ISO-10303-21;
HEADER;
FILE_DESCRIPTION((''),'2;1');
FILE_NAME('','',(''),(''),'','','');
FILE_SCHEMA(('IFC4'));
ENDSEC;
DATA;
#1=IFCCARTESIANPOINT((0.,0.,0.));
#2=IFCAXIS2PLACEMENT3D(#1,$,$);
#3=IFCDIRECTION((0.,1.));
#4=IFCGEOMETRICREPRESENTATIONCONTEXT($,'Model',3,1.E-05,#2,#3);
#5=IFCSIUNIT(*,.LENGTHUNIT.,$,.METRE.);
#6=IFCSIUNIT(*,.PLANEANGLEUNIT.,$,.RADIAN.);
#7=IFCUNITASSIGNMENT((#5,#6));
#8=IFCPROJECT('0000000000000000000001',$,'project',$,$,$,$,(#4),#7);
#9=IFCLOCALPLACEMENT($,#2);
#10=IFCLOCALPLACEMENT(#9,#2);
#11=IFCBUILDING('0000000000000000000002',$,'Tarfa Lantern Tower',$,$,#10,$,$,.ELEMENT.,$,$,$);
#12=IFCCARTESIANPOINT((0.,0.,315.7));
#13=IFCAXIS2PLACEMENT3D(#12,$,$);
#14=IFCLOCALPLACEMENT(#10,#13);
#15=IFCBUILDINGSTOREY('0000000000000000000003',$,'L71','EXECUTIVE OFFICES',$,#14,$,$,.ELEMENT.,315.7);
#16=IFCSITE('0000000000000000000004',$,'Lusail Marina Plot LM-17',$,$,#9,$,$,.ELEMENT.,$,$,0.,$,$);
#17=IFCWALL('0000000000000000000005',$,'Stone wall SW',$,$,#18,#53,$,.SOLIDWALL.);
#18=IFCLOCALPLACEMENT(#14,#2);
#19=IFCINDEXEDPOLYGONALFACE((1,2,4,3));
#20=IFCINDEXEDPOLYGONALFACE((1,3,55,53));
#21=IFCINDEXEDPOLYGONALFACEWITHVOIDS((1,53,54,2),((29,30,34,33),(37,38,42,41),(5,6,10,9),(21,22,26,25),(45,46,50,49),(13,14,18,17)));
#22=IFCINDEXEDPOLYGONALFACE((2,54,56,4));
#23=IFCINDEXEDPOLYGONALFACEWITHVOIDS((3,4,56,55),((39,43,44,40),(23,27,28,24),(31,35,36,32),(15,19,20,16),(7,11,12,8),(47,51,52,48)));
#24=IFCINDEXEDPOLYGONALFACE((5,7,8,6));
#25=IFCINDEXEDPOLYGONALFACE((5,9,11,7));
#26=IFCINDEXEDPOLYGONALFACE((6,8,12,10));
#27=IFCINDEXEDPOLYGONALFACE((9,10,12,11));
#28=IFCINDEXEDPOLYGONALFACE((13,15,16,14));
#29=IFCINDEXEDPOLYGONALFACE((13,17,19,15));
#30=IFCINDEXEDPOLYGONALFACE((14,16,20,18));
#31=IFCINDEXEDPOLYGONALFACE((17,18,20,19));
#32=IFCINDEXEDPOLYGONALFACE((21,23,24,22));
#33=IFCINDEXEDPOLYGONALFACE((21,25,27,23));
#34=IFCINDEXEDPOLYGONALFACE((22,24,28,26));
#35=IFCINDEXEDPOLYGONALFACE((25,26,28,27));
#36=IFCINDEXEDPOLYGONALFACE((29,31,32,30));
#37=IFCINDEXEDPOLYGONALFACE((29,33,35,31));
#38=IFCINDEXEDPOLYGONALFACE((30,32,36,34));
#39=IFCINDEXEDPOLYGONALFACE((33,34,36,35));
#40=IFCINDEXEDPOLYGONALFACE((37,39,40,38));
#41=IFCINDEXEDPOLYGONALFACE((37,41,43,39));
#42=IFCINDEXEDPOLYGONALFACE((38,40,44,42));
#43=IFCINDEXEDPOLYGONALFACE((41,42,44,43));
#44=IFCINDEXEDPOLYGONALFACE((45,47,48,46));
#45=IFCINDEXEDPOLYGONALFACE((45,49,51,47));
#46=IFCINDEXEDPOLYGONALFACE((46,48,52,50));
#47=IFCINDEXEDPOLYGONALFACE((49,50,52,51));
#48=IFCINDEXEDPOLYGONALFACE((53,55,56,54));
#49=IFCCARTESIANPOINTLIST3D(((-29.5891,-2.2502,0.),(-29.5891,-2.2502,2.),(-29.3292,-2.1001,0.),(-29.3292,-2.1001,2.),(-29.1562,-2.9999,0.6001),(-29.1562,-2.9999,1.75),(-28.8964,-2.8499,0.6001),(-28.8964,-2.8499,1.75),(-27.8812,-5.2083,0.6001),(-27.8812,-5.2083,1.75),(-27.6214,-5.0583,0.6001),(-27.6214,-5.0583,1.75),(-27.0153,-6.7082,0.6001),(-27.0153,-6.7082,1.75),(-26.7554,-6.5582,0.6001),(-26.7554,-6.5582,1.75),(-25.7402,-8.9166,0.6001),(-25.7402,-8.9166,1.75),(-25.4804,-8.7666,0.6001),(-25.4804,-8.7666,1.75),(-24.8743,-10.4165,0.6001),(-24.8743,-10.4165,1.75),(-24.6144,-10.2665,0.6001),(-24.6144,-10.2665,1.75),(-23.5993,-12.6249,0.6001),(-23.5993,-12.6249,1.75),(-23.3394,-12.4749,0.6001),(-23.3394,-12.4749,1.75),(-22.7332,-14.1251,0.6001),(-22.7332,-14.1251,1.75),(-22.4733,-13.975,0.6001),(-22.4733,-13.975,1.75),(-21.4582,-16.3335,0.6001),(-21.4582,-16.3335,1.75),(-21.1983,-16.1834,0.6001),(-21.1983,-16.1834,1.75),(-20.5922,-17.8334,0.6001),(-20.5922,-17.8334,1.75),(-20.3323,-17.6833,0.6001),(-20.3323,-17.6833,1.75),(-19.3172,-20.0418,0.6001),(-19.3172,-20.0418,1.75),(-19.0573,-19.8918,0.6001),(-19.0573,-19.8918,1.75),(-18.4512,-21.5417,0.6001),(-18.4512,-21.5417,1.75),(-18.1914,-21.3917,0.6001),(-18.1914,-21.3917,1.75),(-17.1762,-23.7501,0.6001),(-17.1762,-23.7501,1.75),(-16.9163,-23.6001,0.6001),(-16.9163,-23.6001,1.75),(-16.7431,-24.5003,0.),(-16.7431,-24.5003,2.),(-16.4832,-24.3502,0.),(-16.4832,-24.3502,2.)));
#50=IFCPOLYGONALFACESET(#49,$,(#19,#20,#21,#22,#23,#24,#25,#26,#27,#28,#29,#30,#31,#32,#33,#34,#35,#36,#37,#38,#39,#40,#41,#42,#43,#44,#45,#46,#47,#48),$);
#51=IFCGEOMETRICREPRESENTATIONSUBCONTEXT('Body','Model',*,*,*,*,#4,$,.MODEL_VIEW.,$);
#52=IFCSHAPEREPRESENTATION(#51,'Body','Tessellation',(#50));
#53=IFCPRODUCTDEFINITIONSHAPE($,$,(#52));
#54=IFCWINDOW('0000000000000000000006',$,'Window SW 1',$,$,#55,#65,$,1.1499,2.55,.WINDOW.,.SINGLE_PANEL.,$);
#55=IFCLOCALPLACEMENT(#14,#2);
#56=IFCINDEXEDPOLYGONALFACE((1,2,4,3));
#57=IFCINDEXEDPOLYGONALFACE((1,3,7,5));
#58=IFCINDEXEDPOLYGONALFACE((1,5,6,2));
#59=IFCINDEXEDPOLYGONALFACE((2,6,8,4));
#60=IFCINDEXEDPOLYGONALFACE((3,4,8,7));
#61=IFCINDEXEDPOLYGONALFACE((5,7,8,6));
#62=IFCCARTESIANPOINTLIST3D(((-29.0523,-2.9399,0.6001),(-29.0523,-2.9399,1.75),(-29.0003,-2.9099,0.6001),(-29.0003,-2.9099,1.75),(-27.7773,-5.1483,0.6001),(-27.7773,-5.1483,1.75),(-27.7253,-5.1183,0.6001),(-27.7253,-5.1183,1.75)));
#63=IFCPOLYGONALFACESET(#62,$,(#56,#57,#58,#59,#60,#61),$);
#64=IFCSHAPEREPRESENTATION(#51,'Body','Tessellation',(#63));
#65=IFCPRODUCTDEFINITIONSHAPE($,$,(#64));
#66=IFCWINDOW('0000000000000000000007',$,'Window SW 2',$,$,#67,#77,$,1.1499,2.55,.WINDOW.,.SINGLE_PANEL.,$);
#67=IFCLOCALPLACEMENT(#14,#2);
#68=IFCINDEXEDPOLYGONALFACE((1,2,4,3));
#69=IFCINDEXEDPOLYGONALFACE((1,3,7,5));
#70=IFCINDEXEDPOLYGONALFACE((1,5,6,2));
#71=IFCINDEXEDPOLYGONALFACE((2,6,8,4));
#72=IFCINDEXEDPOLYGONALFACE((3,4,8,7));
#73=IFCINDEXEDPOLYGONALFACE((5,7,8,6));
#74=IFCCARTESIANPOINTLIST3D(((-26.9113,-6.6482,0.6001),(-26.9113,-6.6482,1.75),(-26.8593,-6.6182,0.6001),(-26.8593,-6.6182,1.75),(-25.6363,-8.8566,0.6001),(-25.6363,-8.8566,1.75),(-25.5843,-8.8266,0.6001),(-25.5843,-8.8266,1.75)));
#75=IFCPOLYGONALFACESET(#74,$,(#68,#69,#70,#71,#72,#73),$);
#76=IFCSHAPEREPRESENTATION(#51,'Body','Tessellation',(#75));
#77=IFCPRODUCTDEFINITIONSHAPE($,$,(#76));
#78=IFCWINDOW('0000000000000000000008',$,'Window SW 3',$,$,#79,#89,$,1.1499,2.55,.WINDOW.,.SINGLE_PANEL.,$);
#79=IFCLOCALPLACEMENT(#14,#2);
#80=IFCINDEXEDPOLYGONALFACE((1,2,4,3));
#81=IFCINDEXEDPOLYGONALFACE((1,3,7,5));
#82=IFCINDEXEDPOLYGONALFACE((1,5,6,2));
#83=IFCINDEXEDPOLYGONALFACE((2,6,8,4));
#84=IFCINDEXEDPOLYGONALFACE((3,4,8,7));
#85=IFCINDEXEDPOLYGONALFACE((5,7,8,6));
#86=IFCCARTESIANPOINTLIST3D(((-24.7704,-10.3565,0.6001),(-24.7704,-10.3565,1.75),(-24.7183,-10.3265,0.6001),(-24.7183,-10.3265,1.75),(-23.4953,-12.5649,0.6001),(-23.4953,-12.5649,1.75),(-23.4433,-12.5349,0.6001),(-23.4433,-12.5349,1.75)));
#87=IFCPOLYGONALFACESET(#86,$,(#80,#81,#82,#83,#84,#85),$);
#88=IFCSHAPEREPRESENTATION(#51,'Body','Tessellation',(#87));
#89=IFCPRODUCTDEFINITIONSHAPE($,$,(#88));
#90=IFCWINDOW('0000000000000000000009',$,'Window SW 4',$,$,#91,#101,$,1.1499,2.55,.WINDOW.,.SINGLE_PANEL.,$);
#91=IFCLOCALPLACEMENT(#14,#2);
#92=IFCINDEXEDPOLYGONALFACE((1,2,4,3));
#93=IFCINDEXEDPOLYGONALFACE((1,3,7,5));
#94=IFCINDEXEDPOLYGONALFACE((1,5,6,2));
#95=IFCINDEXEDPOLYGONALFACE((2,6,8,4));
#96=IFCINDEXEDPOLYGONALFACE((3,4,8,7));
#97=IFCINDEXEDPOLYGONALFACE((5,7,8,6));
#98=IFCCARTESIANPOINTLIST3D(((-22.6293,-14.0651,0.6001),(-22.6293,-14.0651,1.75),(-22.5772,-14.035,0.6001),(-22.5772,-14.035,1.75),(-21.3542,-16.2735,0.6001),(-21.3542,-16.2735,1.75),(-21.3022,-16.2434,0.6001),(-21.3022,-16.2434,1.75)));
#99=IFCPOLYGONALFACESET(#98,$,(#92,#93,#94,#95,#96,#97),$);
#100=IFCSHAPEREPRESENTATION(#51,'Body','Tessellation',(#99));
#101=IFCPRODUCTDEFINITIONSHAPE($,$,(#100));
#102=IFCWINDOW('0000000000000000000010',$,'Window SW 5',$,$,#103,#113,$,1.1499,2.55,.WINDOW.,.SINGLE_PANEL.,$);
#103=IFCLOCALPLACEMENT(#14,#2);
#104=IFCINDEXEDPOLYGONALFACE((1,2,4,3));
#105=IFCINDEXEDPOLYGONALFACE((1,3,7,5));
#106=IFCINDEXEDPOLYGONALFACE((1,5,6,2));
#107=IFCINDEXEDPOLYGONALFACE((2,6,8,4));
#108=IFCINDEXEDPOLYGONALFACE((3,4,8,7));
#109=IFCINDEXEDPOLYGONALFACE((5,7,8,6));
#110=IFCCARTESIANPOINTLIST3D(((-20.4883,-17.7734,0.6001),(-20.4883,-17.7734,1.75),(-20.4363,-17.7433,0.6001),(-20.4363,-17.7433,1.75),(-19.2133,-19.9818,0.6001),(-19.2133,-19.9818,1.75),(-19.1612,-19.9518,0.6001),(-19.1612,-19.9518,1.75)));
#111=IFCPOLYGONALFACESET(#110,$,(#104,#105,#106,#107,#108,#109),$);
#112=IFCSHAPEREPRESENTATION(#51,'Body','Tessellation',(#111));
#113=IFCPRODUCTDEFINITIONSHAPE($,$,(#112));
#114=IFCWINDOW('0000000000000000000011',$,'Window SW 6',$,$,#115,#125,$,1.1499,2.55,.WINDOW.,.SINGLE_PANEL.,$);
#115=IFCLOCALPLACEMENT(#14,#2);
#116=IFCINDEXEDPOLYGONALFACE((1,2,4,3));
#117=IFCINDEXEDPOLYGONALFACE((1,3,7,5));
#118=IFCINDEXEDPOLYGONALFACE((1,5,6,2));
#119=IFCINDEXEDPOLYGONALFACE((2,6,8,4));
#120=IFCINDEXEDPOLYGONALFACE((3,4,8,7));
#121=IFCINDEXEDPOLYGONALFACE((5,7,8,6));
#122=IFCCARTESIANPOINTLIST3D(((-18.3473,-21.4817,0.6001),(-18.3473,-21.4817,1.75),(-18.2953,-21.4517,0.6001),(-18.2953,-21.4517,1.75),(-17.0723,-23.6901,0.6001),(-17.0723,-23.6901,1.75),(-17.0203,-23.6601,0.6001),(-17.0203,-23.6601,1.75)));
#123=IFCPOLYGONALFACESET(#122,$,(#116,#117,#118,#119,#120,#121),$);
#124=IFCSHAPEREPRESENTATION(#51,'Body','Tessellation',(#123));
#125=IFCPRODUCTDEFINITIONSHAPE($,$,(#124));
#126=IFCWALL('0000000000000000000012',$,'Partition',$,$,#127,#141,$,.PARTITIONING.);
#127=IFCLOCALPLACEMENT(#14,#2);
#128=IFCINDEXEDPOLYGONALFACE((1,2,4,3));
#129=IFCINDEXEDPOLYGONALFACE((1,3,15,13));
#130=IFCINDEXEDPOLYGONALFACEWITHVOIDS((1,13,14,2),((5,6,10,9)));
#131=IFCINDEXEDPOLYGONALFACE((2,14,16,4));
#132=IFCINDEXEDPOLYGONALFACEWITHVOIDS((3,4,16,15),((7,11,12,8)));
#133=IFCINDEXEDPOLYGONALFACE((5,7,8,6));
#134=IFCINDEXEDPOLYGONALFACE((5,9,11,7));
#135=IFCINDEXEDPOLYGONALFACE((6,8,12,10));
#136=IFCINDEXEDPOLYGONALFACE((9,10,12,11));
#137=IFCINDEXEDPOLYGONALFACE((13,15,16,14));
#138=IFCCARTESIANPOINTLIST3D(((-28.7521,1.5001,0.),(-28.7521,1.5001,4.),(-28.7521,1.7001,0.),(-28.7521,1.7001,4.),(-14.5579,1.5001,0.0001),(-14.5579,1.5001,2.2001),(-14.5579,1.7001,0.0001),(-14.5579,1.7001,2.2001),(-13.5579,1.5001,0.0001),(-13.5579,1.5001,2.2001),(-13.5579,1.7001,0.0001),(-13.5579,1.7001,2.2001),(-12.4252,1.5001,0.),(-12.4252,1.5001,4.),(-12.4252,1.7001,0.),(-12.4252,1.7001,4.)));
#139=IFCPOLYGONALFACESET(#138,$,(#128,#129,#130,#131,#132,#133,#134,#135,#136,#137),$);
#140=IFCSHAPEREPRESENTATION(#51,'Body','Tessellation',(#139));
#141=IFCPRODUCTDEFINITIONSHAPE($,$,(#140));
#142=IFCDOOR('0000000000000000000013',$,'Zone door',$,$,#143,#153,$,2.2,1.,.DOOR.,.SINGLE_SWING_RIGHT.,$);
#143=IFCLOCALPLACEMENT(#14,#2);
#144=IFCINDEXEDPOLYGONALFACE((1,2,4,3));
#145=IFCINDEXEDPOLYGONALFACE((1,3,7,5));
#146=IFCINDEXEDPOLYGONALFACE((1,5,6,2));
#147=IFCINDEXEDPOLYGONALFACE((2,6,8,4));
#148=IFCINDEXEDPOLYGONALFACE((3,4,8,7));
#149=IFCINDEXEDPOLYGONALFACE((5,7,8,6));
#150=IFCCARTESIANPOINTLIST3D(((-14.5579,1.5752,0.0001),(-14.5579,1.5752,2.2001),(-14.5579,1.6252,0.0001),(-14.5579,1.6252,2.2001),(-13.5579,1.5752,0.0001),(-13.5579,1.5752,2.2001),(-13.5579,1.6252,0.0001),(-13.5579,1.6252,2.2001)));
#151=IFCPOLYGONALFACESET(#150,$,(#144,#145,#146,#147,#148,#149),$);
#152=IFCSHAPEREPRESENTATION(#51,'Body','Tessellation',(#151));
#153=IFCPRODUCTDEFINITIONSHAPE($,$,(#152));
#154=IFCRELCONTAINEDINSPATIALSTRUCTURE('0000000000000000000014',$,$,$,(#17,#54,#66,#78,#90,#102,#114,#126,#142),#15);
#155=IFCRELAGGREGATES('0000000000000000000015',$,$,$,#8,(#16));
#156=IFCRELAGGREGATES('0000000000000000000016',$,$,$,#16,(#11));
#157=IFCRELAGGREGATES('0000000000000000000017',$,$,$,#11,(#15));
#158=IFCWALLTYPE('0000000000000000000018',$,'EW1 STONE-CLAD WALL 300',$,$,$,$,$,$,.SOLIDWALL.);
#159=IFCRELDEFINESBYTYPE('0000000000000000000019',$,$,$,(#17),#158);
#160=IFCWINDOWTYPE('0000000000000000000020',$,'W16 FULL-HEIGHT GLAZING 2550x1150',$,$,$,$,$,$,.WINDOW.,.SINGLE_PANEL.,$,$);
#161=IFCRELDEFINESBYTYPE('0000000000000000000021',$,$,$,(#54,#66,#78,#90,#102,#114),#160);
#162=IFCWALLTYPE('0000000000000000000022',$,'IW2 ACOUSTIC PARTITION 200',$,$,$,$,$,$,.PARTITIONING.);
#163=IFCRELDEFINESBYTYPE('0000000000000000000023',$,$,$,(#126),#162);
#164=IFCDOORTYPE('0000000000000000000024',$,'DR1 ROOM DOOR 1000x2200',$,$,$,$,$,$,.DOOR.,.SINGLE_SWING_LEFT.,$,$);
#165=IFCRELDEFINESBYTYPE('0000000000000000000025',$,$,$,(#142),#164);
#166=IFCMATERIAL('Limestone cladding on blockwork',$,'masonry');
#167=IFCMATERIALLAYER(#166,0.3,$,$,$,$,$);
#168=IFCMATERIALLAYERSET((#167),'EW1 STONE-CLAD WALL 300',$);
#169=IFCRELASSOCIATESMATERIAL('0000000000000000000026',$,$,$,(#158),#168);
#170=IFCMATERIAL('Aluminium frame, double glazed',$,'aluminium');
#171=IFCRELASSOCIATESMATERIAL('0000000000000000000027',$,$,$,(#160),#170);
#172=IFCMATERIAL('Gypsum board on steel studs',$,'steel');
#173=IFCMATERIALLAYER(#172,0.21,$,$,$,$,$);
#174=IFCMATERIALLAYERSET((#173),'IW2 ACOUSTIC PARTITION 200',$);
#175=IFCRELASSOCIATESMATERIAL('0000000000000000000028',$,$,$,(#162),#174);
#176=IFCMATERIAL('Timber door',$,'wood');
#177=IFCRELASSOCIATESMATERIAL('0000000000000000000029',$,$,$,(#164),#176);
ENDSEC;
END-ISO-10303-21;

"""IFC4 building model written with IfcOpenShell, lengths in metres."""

from ifc_helpers import new_model, si_unit, direction, frame, frame_2d, origin, place, context, subcontext, project, spatial, rectangle, extrude, material, layer, layer_set, type_object, element, fill, save


model = new_model("IFC4")

# Units and contexts
model_context = context("Model", 3, precision=1e-05, world=origin(), true_north=direction((0.0, 1.0)))
body_context = subcontext(model_context, "Body", "Model", "MODEL_VIEW")
ifc_project = project(units=[si_unit("LENGTHUNIT", "METRE"), si_unit("PLANEANGLEUNIT", "RADIAN")], contexts=[model_context])

# Site, building, storey
site_placement = place(None, origin())
site = spatial("IfcSite", under=ifc_project, at=site_placement, Name="Lusail Marina Plot LM-17", CompositionType="ELEMENT", RefElevation=0.0)
building_placement = place(site_placement, origin())
building = spatial("IfcBuilding", under=site, at=building_placement, Name="Tarfa Lantern Tower", CompositionType="ELEMENT")
storey_placement = place(building_placement, frame((0.0, 0.0, 315.7)))
storey = spatial("IfcBuildingStorey", under=building, at=storey_placement, Name="L71", Description="EXECUTIVE OFFICES", CompositionType="ELEMENT", Elevation=315.7)

# Wall, openings, windows
ifc_material_1 = material(Name="Limestone cladding on blockwork", Category="masonry")
ifc_layer_1 = layer(ifc_material_1, 0.3)
ifc_layer_set_1 = layer_set([ifc_layer_1], Name="EW1 STONE-CLAD WALL 300")
wall_type_1 = type_object("IfcWallType", Name="EW1 STONE-CLAD WALL 300", PredefinedType="SOLIDWALL", material=ifc_layer_set_1)
wall_1_placement = place(storey_placement, frame((-29.4592, -2.175, 0.0), z_axis=(0.0, 0.0, 1.0), x_axis=(0.499997, -0.866027, 0.0)))
wall_1 = element("IfcWall", 1, at=wall_1_placement, inside=storey, type_object=wall_type_1, Name="Stone wall SW", PredefinedType="SOLIDWALL", context=body_context, shape_type="SweptSolid", body=[
    extrude(rectangle(XDim=25.6921, YDim=0.3, at=frame_2d((12.8462, 0.0))), origin(), (0.0, 0.0, 1.0), 2.0),
])
opening_1_placement = place(wall_1_placement, frame((0.866, 0.0, 0.6001)))
opening_1 = element("IfcOpeningElement", 2, at=opening_1_placement, cuts=wall_1, PredefinedType="OPENING", context=body_context, shape_type="SweptSolid", body=[
    extrude(rectangle(XDim=2.55, YDim=1.1499, at=frame_2d((1.2749, 0.575))), frame((0.0, 0.1599, 0.0), z_axis=(0.0, -1.0, 0.0), x_axis=(1.0, 0.0, 0.0)), (0.0, 0.0, 1.0), 0.3201),
])
opening_2_placement = place(wall_1_placement, frame((5.1479, 0.0, 0.6001)))
opening_2 = element("IfcOpeningElement", 3, at=opening_2_placement, cuts=wall_1, PredefinedType="OPENING", context=body_context, shape_type="SweptSolid", body=[
    extrude(rectangle(XDim=2.55, YDim=1.1499, at=frame_2d((1.2749, 0.575))), frame((0.0, 0.1599, 0.0), z_axis=(0.0, -1.0, 0.0), x_axis=(1.0, 0.0, 0.0)), (0.0, 0.0, 1.0), 0.3201),
])
opening_3_placement = place(wall_1_placement, frame((9.4299, 0.0, 0.6001)))
opening_3 = element("IfcOpeningElement", 4, at=opening_3_placement, cuts=wall_1, PredefinedType="OPENING", context=body_context, shape_type="SweptSolid", body=[
    extrude(rectangle(XDim=2.55, YDim=1.1499, at=frame_2d((1.2749, 0.575))), frame((0.0, 0.1599, 0.0), z_axis=(0.0, -1.0, 0.0), x_axis=(1.0, 0.0, 0.0)), (0.0, 0.0, 1.0), 0.3201),
])
opening_4_placement = place(wall_1_placement, frame((13.7122, 0.0, 0.6001)))
opening_4 = element("IfcOpeningElement", 5, at=opening_4_placement, cuts=wall_1, PredefinedType="OPENING", context=body_context, shape_type="SweptSolid", body=[
    extrude(rectangle(XDim=2.55, YDim=1.1499, at=frame_2d((1.2749, 0.575))), frame((0.0, 0.1599, 0.0), z_axis=(0.0, -1.0, 0.0), x_axis=(1.0, 0.0, 0.0)), (0.0, 0.0, 1.0), 0.3201),
])
opening_5_placement = place(wall_1_placement, frame((17.9941, 0.0, 0.6001)))
opening_5 = element("IfcOpeningElement", 6, at=opening_5_placement, cuts=wall_1, PredefinedType="OPENING", context=body_context, shape_type="SweptSolid", body=[
    extrude(rectangle(XDim=2.55, YDim=1.1499, at=frame_2d((1.2749, 0.575))), frame((0.0, 0.1599, 0.0), z_axis=(0.0, -1.0, 0.0), x_axis=(1.0, 0.0, 0.0)), (0.0, 0.0, 1.0), 0.3201),
])
opening_6_placement = place(wall_1_placement, frame((22.2761, 0.0, 0.6001)))
opening_6 = element("IfcOpeningElement", 7, at=opening_6_placement, cuts=wall_1, PredefinedType="OPENING", context=body_context, shape_type="SweptSolid", body=[
    extrude(rectangle(XDim=2.55, YDim=1.1499, at=frame_2d((1.2749, 0.575))), frame((0.0, 0.1599, 0.0), z_axis=(0.0, -1.0, 0.0), x_axis=(1.0, 0.0, 0.0)), (0.0, 0.0, 1.0), 0.3201),
])
ifc_material_2 = material(Name="Aluminium frame, double glazed", Category="aluminium")
window_type = type_object("IfcWindowType", Name="W16 FULL-HEIGHT GLAZING 2550x1150", PartitioningType="SINGLE_PANEL", PredefinedType="WINDOW", material=ifc_material_2)
window_1_placement = place(opening_1_placement, origin())
window_1 = element("IfcWindow", 8, at=window_1_placement, inside=storey, type_object=window_type, Name="Window SW 1", OverallHeight=1.1499, OverallWidth=2.55, PartitioningType="SINGLE_PANEL", PredefinedType="WINDOW", context=body_context, shape_type="SweptSolid", body=[
    extrude(rectangle(XDim=2.55, YDim=1.1499, at=frame_2d((1.2749, 0.575))), frame((0.0, 0.03, 0.0), z_axis=(0.0, -1.0, 0.0), x_axis=(1.0, 0.0, 0.0)), (0.0, 0.0, 1.0), 0.0601),
])
fill(opening_1, window_1)
window_2_placement = place(opening_2_placement, origin())
window_2 = element("IfcWindow", 9, at=window_2_placement, inside=storey, type_object=window_type, Name="Window SW 2", OverallHeight=1.1499, OverallWidth=2.55, PartitioningType="SINGLE_PANEL", PredefinedType="WINDOW", context=body_context, shape_type="SweptSolid", body=[
    extrude(rectangle(XDim=2.55, YDim=1.1499, at=frame_2d((1.2749, 0.575))), frame((0.0, 0.03, 0.0), z_axis=(0.0, -1.0, 0.0), x_axis=(1.0, 0.0, 0.0)), (0.0, 0.0, 1.0), 0.0601),
])
fill(opening_2, window_2)
window_3_placement = place(opening_3_placement, origin())
window_3 = element("IfcWindow", 10, at=window_3_placement, inside=storey, type_object=window_type, Name="Window SW 3", OverallHeight=1.1499, OverallWidth=2.55, PartitioningType="SINGLE_PANEL", PredefinedType="WINDOW", context=body_context, shape_type="SweptSolid", body=[
    extrude(rectangle(XDim=2.55, YDim=1.1499, at=frame_2d((1.2749, 0.575))), frame((0.0, 0.03, 0.0), z_axis=(0.0, -1.0, 0.0), x_axis=(1.0, 0.0, 0.0)), (0.0, 0.0, 1.0), 0.0601),
])
fill(opening_3, window_3)
window_4_placement = place(opening_4_placement, origin())
window_4 = element("IfcWindow", 11, at=window_4_placement, inside=storey, type_object=window_type, Name="Window SW 4", OverallHeight=1.1499, OverallWidth=2.55, PartitioningType="SINGLE_PANEL", PredefinedType="WINDOW", context=body_context, shape_type="SweptSolid", body=[
    extrude(rectangle(XDim=2.55, YDim=1.1499, at=frame_2d((1.2749, 0.575))), frame((0.0, 0.03, 0.0), z_axis=(0.0, -1.0, 0.0), x_axis=(1.0, 0.0, 0.0)), (0.0, 0.0, 1.0), 0.0601),
])
fill(opening_4, window_4)
window_5_placement = place(opening_5_placement, origin())
window_5 = element("IfcWindow", 12, at=window_5_placement, inside=storey, type_object=window_type, Name="Window SW 5", OverallHeight=1.1499, OverallWidth=2.55, PartitioningType="SINGLE_PANEL", PredefinedType="WINDOW", context=body_context, shape_type="SweptSolid", body=[
    extrude(rectangle(XDim=2.55, YDim=1.1499, at=frame_2d((1.2749, 0.575))), frame((0.0, 0.03, 0.0), z_axis=(0.0, -1.0, 0.0), x_axis=(1.0, 0.0, 0.0)), (0.0, 0.0, 1.0), 0.0601),
])
fill(opening_5, window_5)
window_6_placement = place(opening_6_placement, origin())
window_6 = element("IfcWindow", 13, at=window_6_placement, inside=storey, type_object=window_type, Name="Window SW 6", OverallHeight=1.1499, OverallWidth=2.55, PartitioningType="SINGLE_PANEL", PredefinedType="WINDOW", context=body_context, shape_type="SweptSolid", body=[
    extrude(rectangle(XDim=2.55, YDim=1.1499, at=frame_2d((1.2749, 0.575))), frame((0.0, 0.03, 0.0), z_axis=(0.0, -1.0, 0.0), x_axis=(1.0, 0.0, 0.0)), (0.0, 0.0, 1.0), 0.0601),
])
fill(opening_6, window_6)

# Wall, opening, door
ifc_material_3 = material(Name="Gypsum board on steel studs", Category="steel")
ifc_layer_2 = layer(ifc_material_3, 0.21)
ifc_layer_set_2 = layer_set([ifc_layer_2], Name="IW2 ACOUSTIC PARTITION 200")
wall_type_2 = type_object("IfcWallType", Name="IW2 ACOUSTIC PARTITION 200", PredefinedType="PARTITIONING", material=ifc_layer_set_2)
wall_2_placement = place(storey_placement, frame((-12.425, 1.6001, 0.0), z_axis=(0.0, 0.0, 1.0), x_axis=(-1.0, 0.0, 0.0)))
wall_2 = element("IfcWall", 14, at=wall_2_placement, inside=storey, type_object=wall_type_2, Name="Partition", PredefinedType="PARTITIONING", context=body_context, shape_type="SweptSolid", body=[
    extrude(rectangle(XDim=16.3269, YDim=0.2, at=frame_2d((8.1636, 0.0))), origin(), (0.0, 0.0, 1.0), 4.0),
])
opening_7_placement = place(wall_2_placement, frame((1.1328, 0.0, 0.0)))
opening_7 = element("IfcOpeningElement", 15, at=opening_7_placement, cuts=wall_2, PredefinedType="OPENING", context=body_context, shape_type="SweptSolid", body=[
    extrude(rectangle(XDim=1.0, YDim=2.2, at=frame_2d((0.5, 1.1001))), frame((0.0, 0.1099, 0.0), z_axis=(0.0, -1.0, 0.0), x_axis=(1.0, 0.0, 0.0)), (0.0, 0.0, 1.0), 0.22),
])
ifc_material_4 = material(Name="Timber door", Category="wood")
door_type_1 = type_object("IfcDoorType", Name="DR1 ROOM DOOR 1000x2200", OperationType="SINGLE_SWING_LEFT", PredefinedType="DOOR", material=ifc_material_4)
door_1_placement = place(opening_7_placement, origin())
door_1 = element("IfcDoor", 16, at=door_1_placement, inside=storey, type_object=door_type_1, Name="Zone door", OperationType="SINGLE_SWING_RIGHT", OverallHeight=2.2, OverallWidth=1.0, PredefinedType="DOOR", context=body_context, shape_type="SweptSolid", body=[
    extrude(rectangle(XDim=1.0, YDim=2.2, at=frame_2d((0.5, 1.1001))), frame((0.0, 0.0249, 0.0), z_axis=(0.0, -1.0, 0.0), x_axis=(1.0, 0.0, 0.0)), (0.0, 0.0, 1.0), 0.05),
])
fill(opening_7, door_1)

save(model, "model.ifc")
